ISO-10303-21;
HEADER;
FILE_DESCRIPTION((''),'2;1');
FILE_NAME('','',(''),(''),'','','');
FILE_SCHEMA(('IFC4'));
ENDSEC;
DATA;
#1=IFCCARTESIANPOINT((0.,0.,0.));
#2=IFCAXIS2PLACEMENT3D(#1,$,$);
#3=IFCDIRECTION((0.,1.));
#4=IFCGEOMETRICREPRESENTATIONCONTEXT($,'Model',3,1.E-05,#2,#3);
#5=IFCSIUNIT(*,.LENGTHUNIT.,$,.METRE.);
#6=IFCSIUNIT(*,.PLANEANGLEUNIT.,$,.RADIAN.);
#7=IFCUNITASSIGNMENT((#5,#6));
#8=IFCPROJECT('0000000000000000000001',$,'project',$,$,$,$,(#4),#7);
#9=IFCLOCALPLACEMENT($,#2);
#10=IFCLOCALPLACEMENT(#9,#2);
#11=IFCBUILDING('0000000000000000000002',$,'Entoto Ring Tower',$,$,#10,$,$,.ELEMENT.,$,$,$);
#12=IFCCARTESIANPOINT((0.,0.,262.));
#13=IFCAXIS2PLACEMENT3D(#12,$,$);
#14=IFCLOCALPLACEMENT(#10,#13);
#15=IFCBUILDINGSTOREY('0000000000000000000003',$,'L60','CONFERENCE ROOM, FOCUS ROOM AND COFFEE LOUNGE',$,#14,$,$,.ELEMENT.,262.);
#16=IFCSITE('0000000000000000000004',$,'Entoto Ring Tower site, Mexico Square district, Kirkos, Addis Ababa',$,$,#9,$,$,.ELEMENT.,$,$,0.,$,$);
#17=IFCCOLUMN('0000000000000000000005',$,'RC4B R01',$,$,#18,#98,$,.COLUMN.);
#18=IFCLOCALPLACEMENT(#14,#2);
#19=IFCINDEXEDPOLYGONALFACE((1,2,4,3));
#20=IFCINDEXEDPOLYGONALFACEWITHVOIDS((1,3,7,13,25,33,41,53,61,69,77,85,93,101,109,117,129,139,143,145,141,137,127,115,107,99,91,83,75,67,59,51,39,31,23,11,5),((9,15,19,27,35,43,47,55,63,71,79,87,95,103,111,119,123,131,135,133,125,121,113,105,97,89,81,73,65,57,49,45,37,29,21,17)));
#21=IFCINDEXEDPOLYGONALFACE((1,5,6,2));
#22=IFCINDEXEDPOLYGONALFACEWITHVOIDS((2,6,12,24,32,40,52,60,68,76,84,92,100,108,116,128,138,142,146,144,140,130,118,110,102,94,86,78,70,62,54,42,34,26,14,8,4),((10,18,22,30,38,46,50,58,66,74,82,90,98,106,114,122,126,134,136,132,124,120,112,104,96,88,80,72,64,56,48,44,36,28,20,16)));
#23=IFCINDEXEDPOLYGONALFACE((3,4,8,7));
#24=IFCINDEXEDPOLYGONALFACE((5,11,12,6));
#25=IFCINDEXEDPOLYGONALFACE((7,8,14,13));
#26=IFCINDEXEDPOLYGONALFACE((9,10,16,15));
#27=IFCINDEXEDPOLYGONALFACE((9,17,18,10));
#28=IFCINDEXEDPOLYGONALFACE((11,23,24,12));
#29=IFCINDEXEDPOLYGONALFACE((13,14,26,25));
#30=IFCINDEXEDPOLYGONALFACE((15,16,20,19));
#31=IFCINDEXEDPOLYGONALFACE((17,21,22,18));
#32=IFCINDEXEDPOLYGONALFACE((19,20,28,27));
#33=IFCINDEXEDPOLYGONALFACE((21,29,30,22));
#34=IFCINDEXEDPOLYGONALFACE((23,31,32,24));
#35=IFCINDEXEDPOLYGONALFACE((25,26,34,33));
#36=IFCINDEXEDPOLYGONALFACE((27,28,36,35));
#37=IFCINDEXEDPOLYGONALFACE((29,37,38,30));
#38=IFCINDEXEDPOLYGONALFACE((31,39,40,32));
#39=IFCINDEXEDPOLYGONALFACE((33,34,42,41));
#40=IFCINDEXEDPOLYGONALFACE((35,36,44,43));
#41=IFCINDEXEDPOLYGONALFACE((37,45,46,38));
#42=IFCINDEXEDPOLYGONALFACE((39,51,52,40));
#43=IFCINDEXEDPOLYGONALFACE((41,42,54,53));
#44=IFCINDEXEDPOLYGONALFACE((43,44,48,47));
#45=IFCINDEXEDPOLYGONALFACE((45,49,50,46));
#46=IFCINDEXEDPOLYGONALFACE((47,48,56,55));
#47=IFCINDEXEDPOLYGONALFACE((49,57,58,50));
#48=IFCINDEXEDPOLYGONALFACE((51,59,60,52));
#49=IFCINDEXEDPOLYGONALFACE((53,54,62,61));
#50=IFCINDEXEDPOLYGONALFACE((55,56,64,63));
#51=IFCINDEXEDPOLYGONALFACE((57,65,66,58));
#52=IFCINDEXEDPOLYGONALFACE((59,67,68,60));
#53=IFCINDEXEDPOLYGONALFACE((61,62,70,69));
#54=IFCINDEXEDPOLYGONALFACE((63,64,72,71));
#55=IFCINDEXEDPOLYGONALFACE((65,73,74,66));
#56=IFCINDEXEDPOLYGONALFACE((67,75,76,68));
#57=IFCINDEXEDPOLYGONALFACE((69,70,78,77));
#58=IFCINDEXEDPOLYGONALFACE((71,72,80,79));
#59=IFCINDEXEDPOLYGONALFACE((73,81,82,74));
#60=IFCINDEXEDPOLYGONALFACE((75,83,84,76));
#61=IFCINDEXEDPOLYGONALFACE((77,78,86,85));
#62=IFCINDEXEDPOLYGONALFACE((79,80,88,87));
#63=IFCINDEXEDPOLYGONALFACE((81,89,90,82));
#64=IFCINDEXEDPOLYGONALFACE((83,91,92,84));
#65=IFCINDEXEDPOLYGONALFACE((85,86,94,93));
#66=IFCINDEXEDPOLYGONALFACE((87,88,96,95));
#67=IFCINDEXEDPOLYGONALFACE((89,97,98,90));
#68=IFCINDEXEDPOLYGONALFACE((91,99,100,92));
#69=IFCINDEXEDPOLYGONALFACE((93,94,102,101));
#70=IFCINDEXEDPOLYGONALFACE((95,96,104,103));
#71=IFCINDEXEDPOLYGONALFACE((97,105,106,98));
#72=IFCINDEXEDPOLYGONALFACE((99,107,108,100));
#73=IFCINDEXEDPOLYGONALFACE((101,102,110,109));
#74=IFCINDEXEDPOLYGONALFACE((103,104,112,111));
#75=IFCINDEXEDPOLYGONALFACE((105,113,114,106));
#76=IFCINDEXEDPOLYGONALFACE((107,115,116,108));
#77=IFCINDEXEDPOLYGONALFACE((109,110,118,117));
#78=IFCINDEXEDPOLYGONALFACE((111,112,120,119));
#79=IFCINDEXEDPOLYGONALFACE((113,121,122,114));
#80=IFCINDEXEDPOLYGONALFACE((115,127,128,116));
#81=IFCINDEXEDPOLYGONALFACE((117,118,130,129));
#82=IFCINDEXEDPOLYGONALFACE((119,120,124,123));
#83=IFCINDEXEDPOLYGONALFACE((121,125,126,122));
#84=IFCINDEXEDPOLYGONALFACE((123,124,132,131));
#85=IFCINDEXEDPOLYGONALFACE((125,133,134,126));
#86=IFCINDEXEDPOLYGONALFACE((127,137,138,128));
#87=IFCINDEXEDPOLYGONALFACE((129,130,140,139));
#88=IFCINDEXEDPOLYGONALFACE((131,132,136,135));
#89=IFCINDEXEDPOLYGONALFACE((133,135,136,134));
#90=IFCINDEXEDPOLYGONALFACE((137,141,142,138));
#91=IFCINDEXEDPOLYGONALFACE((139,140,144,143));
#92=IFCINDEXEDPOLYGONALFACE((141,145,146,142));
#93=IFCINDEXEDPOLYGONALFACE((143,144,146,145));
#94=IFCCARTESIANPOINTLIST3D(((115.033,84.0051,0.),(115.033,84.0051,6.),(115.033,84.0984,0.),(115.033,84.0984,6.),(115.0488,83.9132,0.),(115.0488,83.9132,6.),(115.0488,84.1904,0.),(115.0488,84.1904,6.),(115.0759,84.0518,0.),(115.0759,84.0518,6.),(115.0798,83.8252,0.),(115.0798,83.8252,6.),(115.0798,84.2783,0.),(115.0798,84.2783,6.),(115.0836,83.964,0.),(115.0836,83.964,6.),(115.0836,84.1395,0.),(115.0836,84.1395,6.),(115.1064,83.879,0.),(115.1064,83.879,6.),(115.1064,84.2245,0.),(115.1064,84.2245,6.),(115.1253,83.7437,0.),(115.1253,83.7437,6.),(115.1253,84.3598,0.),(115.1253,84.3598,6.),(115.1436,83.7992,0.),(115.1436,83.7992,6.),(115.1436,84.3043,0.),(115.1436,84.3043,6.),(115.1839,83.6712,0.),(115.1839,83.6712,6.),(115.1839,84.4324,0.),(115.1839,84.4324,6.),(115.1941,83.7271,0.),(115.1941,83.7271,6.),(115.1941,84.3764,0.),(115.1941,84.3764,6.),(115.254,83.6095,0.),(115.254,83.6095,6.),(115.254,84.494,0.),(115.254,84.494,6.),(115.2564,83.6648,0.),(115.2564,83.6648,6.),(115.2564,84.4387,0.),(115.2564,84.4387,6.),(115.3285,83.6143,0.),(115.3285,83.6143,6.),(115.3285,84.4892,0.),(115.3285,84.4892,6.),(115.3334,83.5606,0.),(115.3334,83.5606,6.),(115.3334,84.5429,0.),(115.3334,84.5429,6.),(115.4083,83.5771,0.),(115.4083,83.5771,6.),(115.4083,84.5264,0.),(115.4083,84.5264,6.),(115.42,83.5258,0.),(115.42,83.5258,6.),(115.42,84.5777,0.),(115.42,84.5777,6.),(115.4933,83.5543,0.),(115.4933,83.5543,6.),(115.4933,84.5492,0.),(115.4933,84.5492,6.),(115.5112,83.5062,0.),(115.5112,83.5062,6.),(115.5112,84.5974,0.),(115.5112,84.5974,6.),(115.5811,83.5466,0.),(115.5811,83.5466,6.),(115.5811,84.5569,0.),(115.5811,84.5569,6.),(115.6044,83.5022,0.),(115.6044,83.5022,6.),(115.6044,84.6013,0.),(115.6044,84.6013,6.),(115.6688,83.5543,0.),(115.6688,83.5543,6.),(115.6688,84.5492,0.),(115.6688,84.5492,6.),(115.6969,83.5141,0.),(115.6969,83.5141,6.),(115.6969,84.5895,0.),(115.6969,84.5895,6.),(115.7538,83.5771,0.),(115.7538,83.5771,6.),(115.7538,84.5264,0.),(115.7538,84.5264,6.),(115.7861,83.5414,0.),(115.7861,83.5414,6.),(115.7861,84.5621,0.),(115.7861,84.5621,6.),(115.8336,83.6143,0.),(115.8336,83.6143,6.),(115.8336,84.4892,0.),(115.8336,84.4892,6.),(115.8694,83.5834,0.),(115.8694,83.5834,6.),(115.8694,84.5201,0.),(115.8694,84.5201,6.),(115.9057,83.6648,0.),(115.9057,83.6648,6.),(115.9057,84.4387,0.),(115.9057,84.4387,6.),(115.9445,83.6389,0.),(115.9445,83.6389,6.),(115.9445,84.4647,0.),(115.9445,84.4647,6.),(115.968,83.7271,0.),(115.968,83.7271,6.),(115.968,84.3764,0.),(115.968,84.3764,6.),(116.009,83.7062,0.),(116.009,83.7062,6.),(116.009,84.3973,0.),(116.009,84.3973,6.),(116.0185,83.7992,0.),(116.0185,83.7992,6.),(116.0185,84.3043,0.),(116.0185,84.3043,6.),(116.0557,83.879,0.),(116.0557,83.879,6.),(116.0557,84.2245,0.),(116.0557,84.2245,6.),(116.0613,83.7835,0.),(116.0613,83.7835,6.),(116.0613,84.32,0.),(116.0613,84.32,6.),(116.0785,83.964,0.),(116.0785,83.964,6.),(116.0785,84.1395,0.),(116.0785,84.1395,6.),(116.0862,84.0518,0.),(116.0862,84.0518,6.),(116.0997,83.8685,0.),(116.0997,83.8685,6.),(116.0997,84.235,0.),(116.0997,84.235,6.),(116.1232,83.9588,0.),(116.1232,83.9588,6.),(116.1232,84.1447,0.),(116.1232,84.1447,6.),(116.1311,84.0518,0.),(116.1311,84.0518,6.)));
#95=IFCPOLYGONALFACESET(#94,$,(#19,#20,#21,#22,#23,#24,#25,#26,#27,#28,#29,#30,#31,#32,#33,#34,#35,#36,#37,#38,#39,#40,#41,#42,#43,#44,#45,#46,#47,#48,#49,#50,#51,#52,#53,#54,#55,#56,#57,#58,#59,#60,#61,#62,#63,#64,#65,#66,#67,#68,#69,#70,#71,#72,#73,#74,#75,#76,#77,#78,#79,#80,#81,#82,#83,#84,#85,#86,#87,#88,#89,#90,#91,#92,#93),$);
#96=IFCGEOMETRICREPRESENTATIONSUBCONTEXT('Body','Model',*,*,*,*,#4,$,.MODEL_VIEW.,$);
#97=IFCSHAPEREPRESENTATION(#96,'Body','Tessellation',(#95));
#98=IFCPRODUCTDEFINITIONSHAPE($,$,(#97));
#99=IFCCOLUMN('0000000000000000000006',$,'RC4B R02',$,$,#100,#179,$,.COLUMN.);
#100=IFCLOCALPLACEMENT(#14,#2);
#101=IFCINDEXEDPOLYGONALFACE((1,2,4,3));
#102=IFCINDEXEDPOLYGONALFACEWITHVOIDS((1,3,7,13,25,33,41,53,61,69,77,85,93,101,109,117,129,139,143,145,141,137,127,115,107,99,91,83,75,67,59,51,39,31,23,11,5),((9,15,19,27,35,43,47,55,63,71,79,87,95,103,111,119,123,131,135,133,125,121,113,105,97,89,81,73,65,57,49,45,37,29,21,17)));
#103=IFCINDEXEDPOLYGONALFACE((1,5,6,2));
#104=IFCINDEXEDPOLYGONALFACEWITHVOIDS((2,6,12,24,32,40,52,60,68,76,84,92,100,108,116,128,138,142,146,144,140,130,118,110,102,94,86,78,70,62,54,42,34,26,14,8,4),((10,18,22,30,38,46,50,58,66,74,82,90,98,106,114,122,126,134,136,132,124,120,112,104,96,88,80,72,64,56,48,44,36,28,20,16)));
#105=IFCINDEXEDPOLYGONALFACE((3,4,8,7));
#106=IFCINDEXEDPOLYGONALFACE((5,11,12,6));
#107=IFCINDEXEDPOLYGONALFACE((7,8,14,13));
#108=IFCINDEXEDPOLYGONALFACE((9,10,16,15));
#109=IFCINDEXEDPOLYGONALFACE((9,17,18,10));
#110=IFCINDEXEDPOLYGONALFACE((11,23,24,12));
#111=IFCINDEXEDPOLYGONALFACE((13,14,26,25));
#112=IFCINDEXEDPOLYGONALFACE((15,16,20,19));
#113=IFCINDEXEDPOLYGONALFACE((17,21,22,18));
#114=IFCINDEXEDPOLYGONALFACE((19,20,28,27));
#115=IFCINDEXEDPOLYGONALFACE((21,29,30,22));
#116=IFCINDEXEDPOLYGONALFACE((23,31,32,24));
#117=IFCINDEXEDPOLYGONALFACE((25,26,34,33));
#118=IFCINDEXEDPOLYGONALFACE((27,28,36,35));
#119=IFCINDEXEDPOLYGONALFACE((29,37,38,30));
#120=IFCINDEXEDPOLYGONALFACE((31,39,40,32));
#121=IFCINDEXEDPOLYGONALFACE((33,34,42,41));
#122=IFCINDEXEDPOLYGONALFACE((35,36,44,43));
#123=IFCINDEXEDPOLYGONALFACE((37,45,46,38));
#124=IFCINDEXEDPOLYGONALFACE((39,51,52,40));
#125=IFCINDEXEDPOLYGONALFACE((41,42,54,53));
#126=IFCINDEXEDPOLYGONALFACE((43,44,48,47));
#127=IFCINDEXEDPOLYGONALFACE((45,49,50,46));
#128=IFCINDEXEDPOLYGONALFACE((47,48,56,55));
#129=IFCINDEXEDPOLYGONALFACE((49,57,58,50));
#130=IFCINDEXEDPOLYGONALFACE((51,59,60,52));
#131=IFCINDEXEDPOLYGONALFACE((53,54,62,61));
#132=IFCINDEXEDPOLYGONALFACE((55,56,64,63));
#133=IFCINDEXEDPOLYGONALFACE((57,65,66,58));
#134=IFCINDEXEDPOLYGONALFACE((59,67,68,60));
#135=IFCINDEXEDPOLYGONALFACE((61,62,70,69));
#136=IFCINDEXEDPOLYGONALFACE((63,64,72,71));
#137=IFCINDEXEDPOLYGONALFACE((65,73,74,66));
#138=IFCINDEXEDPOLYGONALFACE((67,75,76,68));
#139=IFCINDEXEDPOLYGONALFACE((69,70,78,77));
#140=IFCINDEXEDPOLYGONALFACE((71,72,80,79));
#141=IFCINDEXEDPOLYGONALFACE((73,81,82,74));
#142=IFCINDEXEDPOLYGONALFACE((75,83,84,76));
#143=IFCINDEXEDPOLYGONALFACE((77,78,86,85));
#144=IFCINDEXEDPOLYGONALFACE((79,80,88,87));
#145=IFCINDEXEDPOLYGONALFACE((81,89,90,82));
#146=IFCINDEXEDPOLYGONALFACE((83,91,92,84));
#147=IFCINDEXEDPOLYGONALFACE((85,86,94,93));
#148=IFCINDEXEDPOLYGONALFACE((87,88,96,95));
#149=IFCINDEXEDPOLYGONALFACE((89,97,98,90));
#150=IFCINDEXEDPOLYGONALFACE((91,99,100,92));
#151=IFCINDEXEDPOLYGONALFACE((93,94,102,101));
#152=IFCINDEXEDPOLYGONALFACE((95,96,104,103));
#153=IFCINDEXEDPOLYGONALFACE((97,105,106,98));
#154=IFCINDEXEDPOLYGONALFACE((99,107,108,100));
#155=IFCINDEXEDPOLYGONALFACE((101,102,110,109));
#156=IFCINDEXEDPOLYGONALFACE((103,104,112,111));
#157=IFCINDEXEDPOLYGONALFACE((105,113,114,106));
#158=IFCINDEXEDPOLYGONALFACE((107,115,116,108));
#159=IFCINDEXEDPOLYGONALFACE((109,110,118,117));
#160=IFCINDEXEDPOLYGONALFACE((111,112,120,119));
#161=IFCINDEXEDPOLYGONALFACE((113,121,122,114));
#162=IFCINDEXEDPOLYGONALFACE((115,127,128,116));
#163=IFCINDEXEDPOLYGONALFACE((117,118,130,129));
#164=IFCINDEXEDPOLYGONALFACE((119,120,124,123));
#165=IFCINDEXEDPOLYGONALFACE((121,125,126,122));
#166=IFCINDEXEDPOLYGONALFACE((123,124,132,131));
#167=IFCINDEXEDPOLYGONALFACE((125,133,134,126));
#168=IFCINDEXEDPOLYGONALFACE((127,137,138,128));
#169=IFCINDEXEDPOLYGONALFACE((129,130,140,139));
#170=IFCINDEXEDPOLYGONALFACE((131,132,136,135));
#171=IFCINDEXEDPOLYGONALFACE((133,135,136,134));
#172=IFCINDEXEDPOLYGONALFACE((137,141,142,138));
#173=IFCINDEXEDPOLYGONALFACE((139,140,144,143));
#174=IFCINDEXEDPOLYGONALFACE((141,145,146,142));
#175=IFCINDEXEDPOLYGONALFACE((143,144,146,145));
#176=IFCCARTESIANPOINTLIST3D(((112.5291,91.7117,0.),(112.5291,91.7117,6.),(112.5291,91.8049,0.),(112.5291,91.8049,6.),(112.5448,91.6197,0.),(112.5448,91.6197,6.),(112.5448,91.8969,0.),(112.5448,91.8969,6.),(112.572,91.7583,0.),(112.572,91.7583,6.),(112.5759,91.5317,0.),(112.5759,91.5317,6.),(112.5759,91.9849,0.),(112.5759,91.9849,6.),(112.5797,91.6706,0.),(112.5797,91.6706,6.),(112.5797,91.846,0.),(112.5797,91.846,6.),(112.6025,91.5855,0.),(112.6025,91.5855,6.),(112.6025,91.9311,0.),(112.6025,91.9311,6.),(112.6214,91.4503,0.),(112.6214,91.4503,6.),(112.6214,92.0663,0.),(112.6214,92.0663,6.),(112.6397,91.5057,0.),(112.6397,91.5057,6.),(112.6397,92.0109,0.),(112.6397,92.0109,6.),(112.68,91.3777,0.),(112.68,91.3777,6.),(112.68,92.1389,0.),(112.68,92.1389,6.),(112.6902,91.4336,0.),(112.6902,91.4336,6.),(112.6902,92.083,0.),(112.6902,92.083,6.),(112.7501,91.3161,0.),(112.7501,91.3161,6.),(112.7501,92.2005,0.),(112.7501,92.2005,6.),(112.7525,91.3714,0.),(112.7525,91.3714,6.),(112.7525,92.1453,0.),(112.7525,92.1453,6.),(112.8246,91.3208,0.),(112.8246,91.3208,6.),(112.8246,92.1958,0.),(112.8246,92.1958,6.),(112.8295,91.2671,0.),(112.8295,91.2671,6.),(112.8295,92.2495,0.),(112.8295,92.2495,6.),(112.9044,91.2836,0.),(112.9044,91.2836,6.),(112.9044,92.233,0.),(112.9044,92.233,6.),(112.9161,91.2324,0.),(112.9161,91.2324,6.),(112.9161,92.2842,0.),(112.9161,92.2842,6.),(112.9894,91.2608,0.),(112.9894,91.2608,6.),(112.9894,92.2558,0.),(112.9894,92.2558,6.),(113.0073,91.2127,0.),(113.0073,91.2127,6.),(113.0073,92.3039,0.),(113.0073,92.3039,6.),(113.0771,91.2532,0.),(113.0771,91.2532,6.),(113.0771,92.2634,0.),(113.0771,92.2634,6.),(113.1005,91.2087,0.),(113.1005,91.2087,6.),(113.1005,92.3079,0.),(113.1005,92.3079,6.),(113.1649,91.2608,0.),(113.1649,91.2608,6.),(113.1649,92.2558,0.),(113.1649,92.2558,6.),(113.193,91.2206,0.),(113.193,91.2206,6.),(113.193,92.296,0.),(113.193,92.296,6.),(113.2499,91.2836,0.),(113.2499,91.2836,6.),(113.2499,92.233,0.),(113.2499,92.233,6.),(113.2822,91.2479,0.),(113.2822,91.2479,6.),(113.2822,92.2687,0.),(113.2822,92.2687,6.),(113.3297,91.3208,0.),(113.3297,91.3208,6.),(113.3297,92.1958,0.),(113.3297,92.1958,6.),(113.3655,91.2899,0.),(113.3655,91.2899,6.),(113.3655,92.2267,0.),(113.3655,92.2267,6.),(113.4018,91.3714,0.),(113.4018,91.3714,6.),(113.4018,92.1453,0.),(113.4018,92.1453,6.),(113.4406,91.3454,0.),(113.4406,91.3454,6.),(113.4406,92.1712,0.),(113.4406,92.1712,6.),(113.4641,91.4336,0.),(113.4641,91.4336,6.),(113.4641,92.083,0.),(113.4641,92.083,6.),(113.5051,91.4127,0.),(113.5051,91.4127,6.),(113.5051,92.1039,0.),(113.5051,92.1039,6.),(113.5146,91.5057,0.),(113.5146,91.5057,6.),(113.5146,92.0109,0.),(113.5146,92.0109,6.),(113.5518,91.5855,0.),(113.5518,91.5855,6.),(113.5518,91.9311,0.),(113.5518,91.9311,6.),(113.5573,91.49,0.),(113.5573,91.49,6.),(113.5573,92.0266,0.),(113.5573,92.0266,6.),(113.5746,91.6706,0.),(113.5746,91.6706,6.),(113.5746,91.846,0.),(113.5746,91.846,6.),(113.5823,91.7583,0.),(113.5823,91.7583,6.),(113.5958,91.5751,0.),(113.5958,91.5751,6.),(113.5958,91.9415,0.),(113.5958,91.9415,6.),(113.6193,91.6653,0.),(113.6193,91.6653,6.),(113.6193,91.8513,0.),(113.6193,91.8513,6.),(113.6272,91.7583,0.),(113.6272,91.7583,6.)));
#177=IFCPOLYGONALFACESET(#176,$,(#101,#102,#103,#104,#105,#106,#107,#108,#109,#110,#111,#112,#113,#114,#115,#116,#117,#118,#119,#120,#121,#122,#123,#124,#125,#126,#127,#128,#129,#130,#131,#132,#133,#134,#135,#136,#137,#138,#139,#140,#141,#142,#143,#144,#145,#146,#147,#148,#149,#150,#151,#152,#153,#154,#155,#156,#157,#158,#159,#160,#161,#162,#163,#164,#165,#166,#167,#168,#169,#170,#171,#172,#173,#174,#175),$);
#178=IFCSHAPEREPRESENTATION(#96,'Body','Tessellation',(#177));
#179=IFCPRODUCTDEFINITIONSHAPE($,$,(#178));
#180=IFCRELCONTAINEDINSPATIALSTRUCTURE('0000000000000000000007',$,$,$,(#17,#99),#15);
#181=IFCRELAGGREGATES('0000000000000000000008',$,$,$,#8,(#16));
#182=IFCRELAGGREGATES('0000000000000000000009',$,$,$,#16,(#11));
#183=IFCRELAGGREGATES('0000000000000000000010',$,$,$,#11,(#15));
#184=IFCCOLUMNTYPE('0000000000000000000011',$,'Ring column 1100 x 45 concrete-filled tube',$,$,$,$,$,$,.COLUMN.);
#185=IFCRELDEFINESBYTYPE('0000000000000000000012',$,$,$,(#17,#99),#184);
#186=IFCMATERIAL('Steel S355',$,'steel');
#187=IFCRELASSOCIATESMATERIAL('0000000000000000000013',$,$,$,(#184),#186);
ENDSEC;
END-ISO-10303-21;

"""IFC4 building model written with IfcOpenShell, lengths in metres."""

from ifc_helpers import new_model, si_unit, direction, frame, origin, origin_2d, place, context, subcontext, project, spatial, circle, hollow_circle, extrude, material, material_profile, profile_set, type_object, element, save


model = new_model("IFC4")

# Units and contexts
model_context = context("Model", 3, precision=1e-05, world=origin(), true_north=direction((0.0, 1.0)))
body_context = subcontext(model_context, "Body", "Model", "MODEL_VIEW")
ifc_project = project(units=[si_unit("LENGTHUNIT", "METRE"), si_unit("PLANEANGLEUNIT", "RADIAN")], contexts=[model_context])

# Site, building, storey
site_placement = place(None, origin())
site = spatial("IfcSite", under=ifc_project, at=site_placement, Name="Entoto Ring Tower site, Mexico Square district, Kirkos, Addis Ababa", CompositionType="ELEMENT", RefElevation=0.0)
building_placement = place(site_placement, origin())
building = spatial("IfcBuilding", under=site, at=building_placement, Name="Entoto Ring Tower", CompositionType="ELEMENT")
storey_placement = place(building_placement, frame((0.0, 0.0, 262.0)))
storey = spatial("IfcBuildingStorey", under=building, at=storey_placement, Name="L60", Description="CONFERENCE ROOM, FOCUS ROOM AND COFFEE LOUNGE", CompositionType="ELEMENT", Elevation=262.0)

# Columns
ifc_material_1 = material(Name="Steel S355", Category="steel")
ifc_material_profile_1 = material_profile(ifc_material_1, hollow_circle(Radius=0.55, WallThickness=0.0449, at=origin_2d()), Name="CHS 1100 x 45")
ifc_material_2 = material(Name="Concrete C60/75", Category="concrete")
ifc_material_profile_2 = material_profile(ifc_material_2, circle(Radius=0.5049, at=origin_2d()), Name="Concrete C60/75 infill")
ifc_profile_set_1 = profile_set([ifc_material_profile_1, ifc_material_profile_2], Name="Steel S355")
column_type = type_object("IfcColumnType", Name="Ring column 1100 x 45 concrete-filled tube", PredefinedType="COLUMN", material=ifc_profile_set_1)
for number, where, z_axis, x_axis, name in (
    (1, (115.5811, 84.0518, 0.0), (0.0, 0.0, 1.0), (1.0, 0.0, 0.0), "RC4B R01"),
    (2, (113.0771, 91.7583, 0.0), (0.0, 0.0, 1.0), (1.0, 0.0, 0.0), "RC4B R02"),
):
    element("IfcColumn", number, at=place(storey_placement, frame(where, z_axis=z_axis, x_axis=x_axis)), inside=storey, type_object=column_type, Name=name, PredefinedType="COLUMN", context=body_context, shape_type="SweptSolid", body=[
        extrude(hollow_circle(Radius=0.55, WallThickness=0.0449, at=origin_2d()), origin(), (0.0, 0.0, 1.0), 6.0),
    ])

save(model, "model.ifc")
